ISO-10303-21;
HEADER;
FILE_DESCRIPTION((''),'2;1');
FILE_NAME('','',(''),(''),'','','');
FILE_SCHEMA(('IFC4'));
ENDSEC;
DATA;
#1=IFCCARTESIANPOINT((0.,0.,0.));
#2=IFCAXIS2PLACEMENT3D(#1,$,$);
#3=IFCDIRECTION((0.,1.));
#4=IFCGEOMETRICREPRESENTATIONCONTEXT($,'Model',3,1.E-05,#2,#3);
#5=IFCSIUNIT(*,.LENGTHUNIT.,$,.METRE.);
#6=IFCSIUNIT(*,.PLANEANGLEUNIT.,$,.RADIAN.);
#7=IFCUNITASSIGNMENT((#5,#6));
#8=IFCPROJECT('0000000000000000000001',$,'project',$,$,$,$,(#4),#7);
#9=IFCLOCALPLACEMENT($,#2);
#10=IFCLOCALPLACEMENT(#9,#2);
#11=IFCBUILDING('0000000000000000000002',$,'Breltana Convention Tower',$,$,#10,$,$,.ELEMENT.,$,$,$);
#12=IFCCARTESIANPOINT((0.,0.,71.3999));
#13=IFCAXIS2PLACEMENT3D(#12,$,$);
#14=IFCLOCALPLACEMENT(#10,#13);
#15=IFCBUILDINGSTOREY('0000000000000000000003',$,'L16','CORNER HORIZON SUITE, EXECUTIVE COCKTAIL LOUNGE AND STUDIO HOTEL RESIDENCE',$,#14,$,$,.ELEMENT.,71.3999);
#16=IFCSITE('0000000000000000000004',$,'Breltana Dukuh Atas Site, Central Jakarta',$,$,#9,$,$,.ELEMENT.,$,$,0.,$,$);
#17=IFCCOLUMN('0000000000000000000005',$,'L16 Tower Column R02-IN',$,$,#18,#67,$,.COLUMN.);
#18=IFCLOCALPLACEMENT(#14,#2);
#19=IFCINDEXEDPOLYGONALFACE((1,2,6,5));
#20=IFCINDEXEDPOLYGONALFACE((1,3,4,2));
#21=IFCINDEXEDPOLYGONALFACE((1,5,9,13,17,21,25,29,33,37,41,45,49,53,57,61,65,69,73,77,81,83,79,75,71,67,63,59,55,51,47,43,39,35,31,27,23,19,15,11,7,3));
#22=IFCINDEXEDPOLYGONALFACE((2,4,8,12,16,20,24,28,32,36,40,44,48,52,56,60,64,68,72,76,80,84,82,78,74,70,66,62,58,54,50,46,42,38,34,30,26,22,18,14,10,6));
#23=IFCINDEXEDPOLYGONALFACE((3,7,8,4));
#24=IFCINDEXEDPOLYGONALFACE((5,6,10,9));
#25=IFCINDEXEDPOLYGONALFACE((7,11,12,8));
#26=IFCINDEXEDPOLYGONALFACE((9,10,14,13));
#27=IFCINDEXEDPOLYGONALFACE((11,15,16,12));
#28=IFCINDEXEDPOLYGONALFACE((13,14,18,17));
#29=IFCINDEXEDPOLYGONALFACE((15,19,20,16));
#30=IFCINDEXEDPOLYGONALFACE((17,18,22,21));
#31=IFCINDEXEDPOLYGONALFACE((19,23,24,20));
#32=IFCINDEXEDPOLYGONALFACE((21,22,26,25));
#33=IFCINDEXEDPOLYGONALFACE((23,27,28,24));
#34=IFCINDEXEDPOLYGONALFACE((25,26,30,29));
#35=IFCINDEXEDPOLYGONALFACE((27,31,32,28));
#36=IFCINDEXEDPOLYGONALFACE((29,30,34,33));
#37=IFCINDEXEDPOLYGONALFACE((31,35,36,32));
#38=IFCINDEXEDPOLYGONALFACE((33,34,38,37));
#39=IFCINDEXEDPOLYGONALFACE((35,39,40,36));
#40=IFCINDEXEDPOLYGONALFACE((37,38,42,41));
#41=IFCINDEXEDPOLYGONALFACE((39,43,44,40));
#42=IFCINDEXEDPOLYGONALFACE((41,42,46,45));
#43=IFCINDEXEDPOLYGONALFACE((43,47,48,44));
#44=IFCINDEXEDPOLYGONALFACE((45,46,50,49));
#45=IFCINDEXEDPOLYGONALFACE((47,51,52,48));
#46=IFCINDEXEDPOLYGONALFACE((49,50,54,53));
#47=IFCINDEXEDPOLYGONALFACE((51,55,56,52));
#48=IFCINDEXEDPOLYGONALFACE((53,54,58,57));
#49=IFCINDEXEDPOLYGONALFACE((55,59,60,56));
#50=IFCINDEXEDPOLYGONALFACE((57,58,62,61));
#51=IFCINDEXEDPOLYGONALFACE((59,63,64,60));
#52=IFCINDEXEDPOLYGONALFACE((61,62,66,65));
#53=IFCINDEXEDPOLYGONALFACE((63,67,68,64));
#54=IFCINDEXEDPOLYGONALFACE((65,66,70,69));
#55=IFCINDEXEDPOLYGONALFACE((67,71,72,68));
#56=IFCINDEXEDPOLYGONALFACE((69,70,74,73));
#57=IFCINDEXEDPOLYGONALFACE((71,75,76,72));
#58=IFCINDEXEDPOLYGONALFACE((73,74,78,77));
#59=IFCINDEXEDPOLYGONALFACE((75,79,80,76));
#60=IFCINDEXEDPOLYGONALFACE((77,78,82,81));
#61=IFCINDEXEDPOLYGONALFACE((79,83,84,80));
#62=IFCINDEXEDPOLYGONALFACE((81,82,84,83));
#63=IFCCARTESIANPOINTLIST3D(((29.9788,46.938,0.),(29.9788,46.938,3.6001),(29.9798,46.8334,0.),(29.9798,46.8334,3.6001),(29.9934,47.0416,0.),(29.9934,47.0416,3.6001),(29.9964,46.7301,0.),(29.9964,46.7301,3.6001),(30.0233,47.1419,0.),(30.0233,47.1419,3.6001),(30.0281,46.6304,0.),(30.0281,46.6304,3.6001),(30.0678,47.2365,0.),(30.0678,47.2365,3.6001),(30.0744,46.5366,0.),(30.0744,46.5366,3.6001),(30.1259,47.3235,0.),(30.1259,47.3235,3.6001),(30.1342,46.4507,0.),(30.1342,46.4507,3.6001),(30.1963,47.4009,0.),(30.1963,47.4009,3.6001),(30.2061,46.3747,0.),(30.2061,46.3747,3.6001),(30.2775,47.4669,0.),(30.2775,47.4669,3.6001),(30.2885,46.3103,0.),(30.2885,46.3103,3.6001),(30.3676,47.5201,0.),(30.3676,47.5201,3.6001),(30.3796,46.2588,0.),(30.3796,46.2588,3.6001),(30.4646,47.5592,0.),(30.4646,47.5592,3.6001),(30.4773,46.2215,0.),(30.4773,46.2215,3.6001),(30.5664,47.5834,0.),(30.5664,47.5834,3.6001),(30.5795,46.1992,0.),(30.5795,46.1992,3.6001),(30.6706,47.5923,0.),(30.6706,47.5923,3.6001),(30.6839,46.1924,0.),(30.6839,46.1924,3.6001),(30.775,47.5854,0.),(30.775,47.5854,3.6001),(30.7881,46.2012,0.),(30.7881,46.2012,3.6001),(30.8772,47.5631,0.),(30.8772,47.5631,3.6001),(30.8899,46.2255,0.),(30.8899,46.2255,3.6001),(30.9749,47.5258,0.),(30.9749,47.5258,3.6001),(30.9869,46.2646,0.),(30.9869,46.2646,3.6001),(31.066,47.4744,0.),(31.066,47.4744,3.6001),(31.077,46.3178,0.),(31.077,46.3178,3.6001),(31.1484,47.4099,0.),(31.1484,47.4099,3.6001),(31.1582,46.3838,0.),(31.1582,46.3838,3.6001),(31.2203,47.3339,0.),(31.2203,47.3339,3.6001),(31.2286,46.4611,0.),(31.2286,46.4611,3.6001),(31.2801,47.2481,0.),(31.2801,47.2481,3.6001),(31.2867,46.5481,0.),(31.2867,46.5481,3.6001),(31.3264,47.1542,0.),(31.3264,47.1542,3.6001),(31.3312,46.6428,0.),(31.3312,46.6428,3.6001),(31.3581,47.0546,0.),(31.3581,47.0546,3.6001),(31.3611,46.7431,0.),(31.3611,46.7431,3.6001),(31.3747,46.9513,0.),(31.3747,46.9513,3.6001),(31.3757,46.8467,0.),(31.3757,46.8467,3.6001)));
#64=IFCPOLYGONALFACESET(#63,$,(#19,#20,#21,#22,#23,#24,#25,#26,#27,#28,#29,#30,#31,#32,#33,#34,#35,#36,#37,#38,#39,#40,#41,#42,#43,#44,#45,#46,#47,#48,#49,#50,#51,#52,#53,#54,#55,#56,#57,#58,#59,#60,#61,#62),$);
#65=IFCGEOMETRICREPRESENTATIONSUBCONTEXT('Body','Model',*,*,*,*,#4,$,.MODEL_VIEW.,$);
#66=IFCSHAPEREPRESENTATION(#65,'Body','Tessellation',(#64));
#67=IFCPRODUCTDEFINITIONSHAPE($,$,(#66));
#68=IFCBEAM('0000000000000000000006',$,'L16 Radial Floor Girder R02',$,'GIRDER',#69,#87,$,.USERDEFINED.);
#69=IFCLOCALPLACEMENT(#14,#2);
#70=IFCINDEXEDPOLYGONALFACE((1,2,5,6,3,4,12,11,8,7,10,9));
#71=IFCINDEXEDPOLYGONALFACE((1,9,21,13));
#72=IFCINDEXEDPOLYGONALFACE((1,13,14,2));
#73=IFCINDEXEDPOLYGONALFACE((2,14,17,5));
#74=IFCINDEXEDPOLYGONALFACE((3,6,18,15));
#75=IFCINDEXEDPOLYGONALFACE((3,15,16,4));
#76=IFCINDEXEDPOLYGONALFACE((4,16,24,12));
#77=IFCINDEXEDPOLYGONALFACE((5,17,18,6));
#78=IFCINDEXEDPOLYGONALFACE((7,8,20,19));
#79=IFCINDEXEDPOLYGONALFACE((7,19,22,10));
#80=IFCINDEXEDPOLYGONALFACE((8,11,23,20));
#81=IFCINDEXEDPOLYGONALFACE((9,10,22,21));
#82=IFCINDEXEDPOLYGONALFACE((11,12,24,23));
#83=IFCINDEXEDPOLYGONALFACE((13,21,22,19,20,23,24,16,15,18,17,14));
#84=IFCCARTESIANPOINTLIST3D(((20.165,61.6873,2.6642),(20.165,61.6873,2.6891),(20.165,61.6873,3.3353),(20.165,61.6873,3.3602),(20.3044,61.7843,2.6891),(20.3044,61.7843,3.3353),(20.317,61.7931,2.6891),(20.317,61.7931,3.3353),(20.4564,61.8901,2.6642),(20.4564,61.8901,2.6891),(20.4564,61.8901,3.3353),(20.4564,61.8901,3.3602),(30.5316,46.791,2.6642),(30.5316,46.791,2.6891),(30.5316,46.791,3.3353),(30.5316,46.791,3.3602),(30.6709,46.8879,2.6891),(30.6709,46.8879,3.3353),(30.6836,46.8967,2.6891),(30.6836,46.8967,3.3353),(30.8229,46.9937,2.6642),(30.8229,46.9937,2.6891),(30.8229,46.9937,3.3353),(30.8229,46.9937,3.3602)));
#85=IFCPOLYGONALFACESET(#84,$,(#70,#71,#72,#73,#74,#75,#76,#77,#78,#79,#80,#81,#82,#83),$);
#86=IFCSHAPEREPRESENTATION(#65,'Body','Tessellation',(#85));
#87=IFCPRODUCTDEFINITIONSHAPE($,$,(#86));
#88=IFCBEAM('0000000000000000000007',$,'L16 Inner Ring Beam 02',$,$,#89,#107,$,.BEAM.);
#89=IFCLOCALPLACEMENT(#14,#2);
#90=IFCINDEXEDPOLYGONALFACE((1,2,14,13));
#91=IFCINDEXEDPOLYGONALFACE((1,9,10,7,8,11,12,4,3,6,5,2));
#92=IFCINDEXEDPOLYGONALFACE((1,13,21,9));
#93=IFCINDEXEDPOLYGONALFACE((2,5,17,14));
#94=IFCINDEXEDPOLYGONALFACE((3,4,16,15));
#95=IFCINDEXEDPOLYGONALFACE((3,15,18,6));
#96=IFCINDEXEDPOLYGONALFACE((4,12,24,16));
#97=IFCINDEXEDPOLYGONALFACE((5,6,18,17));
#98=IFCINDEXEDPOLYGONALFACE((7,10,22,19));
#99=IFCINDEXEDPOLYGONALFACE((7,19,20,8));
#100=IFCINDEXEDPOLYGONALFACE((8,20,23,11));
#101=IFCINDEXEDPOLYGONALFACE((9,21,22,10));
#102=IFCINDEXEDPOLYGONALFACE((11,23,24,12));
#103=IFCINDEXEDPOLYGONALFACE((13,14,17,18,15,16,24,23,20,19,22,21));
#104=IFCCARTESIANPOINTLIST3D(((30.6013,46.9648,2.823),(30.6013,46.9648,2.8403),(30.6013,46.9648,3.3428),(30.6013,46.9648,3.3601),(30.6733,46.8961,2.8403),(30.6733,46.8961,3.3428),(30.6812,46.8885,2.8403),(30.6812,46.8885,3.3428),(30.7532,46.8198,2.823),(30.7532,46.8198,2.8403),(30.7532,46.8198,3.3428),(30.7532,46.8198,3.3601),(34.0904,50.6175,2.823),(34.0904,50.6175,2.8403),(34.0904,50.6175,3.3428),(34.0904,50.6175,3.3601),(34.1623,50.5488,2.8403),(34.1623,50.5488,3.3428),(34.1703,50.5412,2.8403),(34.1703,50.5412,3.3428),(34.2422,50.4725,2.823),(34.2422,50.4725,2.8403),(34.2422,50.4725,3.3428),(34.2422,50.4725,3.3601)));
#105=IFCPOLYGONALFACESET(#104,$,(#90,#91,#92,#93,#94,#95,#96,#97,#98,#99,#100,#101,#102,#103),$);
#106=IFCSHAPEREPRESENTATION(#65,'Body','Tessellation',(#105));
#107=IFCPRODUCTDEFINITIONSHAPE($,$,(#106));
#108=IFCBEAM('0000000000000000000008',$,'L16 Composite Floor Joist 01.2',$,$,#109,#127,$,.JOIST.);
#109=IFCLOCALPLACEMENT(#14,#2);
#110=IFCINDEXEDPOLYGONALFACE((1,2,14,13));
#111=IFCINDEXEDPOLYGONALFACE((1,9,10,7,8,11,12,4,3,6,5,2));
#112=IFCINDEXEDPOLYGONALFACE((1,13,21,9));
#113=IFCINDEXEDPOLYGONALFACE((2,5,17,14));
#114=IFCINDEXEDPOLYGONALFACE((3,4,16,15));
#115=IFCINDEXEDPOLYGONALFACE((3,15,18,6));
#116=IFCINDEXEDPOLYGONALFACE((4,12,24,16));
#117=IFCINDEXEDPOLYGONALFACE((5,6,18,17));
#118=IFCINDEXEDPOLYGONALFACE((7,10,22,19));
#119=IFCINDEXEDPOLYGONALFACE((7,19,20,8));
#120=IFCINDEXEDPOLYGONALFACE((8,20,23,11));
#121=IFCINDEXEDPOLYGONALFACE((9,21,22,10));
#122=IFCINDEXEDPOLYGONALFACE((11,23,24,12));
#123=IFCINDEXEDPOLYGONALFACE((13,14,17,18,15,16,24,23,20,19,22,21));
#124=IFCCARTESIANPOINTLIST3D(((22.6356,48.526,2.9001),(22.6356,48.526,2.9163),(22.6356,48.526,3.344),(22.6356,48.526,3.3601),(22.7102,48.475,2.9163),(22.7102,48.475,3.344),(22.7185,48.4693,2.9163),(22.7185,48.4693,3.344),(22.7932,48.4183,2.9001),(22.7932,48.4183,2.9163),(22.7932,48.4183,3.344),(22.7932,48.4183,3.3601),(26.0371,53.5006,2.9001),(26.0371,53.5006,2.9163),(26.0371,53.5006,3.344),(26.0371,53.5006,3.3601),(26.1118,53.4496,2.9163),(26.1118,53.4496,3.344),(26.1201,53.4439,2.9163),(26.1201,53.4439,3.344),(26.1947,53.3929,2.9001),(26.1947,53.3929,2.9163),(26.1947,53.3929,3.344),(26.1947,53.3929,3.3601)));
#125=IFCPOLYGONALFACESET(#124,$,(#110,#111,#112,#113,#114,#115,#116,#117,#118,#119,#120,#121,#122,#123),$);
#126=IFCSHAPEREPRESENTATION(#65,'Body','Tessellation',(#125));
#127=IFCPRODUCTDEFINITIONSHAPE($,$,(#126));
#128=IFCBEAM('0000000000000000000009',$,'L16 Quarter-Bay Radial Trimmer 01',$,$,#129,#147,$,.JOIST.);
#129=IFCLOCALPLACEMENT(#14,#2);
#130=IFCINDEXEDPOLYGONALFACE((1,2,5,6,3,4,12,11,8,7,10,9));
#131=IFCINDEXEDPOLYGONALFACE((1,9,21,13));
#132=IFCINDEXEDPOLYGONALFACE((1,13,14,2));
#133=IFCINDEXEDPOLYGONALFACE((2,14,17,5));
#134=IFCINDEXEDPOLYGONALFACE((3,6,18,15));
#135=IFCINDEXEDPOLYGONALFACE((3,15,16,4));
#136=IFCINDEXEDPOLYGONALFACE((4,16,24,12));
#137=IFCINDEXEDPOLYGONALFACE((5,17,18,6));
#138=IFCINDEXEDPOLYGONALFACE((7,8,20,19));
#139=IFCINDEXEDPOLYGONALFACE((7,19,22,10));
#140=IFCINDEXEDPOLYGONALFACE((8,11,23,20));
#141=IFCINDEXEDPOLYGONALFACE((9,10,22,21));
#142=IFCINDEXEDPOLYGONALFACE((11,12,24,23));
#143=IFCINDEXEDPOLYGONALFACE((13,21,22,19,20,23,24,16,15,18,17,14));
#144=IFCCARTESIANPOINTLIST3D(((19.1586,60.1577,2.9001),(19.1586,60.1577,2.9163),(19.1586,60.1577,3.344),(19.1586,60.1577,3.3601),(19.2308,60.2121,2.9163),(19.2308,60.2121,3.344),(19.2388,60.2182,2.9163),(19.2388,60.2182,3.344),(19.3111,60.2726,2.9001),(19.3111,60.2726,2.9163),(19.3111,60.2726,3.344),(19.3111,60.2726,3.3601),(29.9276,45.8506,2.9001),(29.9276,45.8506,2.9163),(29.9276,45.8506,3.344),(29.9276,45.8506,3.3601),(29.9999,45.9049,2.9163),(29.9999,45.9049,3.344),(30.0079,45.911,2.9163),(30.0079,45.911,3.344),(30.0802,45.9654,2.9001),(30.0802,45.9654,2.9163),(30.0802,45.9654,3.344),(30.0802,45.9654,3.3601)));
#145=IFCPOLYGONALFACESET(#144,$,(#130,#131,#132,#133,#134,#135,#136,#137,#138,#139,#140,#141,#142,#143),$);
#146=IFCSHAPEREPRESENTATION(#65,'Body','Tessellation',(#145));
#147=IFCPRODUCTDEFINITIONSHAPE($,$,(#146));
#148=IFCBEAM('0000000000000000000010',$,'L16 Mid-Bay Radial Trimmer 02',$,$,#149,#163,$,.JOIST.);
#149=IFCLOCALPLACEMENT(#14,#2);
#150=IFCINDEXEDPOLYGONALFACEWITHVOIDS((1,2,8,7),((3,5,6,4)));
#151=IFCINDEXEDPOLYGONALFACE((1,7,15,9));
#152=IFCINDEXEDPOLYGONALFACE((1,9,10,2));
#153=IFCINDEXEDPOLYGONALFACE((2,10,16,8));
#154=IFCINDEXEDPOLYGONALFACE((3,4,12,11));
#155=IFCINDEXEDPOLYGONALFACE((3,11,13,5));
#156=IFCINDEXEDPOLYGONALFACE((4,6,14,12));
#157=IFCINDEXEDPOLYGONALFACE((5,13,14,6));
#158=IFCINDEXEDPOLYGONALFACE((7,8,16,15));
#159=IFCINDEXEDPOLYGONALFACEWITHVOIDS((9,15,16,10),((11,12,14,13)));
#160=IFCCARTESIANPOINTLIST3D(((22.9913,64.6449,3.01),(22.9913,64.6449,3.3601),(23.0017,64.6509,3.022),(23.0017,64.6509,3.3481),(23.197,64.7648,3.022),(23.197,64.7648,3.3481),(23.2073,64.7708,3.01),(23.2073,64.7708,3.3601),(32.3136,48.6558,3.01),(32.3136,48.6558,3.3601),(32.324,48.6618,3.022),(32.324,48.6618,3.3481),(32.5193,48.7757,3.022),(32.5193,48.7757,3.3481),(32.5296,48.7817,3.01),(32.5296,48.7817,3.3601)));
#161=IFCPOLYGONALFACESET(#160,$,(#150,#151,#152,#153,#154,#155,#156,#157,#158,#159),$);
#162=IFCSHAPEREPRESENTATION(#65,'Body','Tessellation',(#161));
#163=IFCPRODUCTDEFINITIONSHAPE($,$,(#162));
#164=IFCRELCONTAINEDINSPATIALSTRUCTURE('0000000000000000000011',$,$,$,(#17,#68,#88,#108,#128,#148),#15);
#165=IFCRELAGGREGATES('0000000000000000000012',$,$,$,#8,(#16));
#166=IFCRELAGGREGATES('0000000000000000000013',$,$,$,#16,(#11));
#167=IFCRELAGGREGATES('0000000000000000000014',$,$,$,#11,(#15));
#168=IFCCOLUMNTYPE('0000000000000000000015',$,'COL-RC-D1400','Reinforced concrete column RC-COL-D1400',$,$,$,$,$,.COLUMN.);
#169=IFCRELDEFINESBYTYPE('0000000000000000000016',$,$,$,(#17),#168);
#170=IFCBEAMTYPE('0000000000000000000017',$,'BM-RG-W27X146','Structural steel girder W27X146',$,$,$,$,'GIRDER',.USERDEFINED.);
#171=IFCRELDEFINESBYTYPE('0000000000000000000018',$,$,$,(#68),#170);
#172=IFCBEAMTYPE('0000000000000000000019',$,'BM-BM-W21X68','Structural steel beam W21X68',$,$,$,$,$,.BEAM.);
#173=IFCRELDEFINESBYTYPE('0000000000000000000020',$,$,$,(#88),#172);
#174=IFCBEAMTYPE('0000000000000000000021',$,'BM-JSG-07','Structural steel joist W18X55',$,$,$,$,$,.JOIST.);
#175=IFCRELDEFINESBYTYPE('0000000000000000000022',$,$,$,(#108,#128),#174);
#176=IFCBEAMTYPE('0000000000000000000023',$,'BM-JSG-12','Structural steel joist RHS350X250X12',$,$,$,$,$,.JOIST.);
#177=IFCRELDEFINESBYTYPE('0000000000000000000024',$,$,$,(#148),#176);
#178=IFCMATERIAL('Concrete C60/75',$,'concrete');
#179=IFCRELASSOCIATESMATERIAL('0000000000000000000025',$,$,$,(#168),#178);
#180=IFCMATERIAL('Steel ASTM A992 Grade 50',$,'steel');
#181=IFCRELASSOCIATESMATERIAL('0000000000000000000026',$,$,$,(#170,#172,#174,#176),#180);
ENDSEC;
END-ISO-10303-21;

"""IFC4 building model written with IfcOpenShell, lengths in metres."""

from ifc_helpers import new_model, si_unit, direction, frame, origin, origin_2d, place, context, subcontext, project, spatial, hollow_rectangle, circle, i_section, extrude, source, transform, mapped, material, material_profile, profile_set, type_object, element, save


model = new_model("IFC4")

# Units and contexts
model_context = context("Model", 3, precision=1e-05, world=origin(), true_north=direction((0.0, 1.0)))
body_context = subcontext(model_context, "Body", "Model", "MODEL_VIEW")
ifc_project = project(units=[si_unit("LENGTHUNIT", "METRE"), si_unit("PLANEANGLEUNIT", "RADIAN")], contexts=[model_context])

# Site, building, storey
site_placement = place(None, origin())
site = spatial("IfcSite", under=ifc_project, at=site_placement, Name="Breltana Dukuh Atas Site, Central Jakarta", CompositionType="ELEMENT", RefElevation=0.0)
building_placement = place(site_placement, origin())
building = spatial("IfcBuilding", under=site, at=building_placement, Name="Breltana Convention Tower", CompositionType="ELEMENT")
storey_placement = place(building_placement, frame((0.0, 0.0, 71.3999)))
storey = spatial("IfcBuildingStorey", under=building, at=storey_placement, Name="L16", Description="CORNER HORIZON SUITE, EXECUTIVE COCKTAIL LOUNGE AND STUDIO HOTEL RESIDENCE", CompositionType="ELEMENT", Elevation=71.3999)

# Column
ifc_material_1 = material(Name="Concrete C60/75", Category="concrete")
ifc_material_profile_1 = material_profile(ifc_material_1, circle(Radius=0.7, at=origin_2d()), Name="RC-COL-D1400")
ifc_profile_set_1 = profile_set([ifc_material_profile_1], Name="Concrete C60/75")
column_type = type_object("IfcColumnType", Name="COL-RC-D1400", Description="Reinforced concrete column RC-COL-D1400", PredefinedType="COLUMN", material=ifc_profile_set_1)
shared_shape_1 = source(origin(), body_context, "Body", "SweptSolid", [
    extrude(circle(Radius=0.7, at=origin_2d()), origin(), (0.0, 0.0, 1.0), 3.6001),
])
column_placement = place(storey_placement, frame((30.6772, 46.8923, 0.0), z_axis=(0.0, 0.0, 1.0), x_axis=(-0.571143, 0.82085, 0.0)))
element("IfcColumn", 1, at=column_placement, inside=storey, type_object=column_type, Name="L16 Tower Column R02-IN", PredefinedType="COLUMN", context=body_context, shape_type="MappedRepresentation", body=[
    mapped(shared_shape_1, transform((0.0, 0.0, 0.0), scale=1.0)),
])

# Beams
ifc_material_2 = material(Name="Steel ASTM A992 Grade 50", Category="steel")
ifc_material_profile_2 = material_profile(ifc_material_2, i_section(OverallWidth=0.355, OverallDepth=0.696, WebThickness=0.0154, FlangeThickness=0.0249, at=origin_2d()), Name="W27X146")
ifc_profile_set_2 = profile_set([ifc_material_profile_2], Name="Steel ASTM A992 Grade 50")
beam_type_1 = type_object("IfcBeamType", Name="BM-RG-W27X146", Description="Structural steel girder W27X146", ElementType="GIRDER", PredefinedType="USERDEFINED", material=ifc_profile_set_2)
shared_shape_2 = source(origin(), body_context, "Body", "SweptSolid", [
    extrude(i_section(OverallWidth=0.355, OverallDepth=0.696, WebThickness=0.0154, FlangeThickness=0.0249, at=origin_2d()), origin(), (0.0, 0.0, 1.0), 18.1484),
])
beam_1_placement = place(storey_placement, frame((30.6772, 46.8923, 3.0122), z_axis=(-0.571208, 0.820806, 0.0), x_axis=(-0.820806, -0.571208, 0.0)))
element("IfcBeam", 2, at=beam_1_placement, inside=storey, type_object=beam_type_1, Name="L16 Radial Floor Girder R02", ObjectType="GIRDER", PredefinedType="USERDEFINED", context=body_context, shape_type="MappedRepresentation", body=[
    mapped(shared_shape_2, transform((0.0, 0.0, 0.0), scale=1.0)),
])
ifc_material_profile_3 = material_profile(ifc_material_2, i_section(OverallWidth=0.21, OverallDepth=0.5371, WebThickness=0.011, FlangeThickness=0.0173, at=origin_2d()), Name="W21X68")
ifc_profile_set_3 = profile_set([ifc_material_profile_3], Name="Steel ASTM A992 Grade 50")
beam_type_2 = type_object("IfcBeamType", Name="BM-BM-W21X68", Description="Structural steel beam W21X68", PredefinedType="BEAM", material=ifc_profile_set_3)
shared_shape_3 = source(origin(), body_context, "Body", "SweptSolid", [
    extrude(i_section(OverallWidth=0.21, OverallDepth=0.5371, WebThickness=0.011, FlangeThickness=0.0173, at=origin_2d()), origin(), (0.0, 0.0, 1.0), 5.0513),
])
beam_2_placement = place(storey_placement, frame((30.6772, 46.8923, 3.0916), z_axis=(0.69073, 0.723113, 0.0), x_axis=(-0.723113, 0.69073, 0.0)))
element("IfcBeam", 3, at=beam_2_placement, inside=storey, type_object=beam_type_2, Name="L16 Inner Ring Beam 02", PredefinedType="BEAM", context=body_context, shape_type="MappedRepresentation", body=[
    mapped(shared_shape_3, transform((0.0, 0.0, 0.0), scale=1.0)),
])
ifc_material_profile_4 = material_profile(ifc_material_2, i_section(OverallWidth=0.1909, OverallDepth=0.46, WebThickness=0.01, FlangeThickness=0.0161, at=origin_2d()), Name="W18X55")
ifc_profile_set_4 = profile_set([ifc_material_profile_4], Name="Steel ASTM A992 Grade 50")
beam_type_3 = type_object("IfcBeamType", Name="BM-JSG-07", Description="Structural steel joist W18X55", PredefinedType="JOIST", material=ifc_profile_set_4)
shared_shape_4 = source(origin(), body_context, "Body", "SweptSolid", [
    extrude(i_section(OverallWidth=0.1909, OverallDepth=0.46, WebThickness=0.01, FlangeThickness=0.0161, at=origin_2d()), origin(), (0.0, 0.0, 1.0), 6.0264),
])
beam_3_placement = place(storey_placement, frame((22.7144, 48.4722, 3.1301), z_axis=(0.56445, 0.825467, 0.0), x_axis=(-0.825467, 0.56445, 0.0)))
element("IfcBeam", 4, at=beam_3_placement, inside=storey, type_object=beam_type_3, Name="L16 Composite Floor Joist 01.2", PredefinedType="JOIST", context=body_context, shape_type="MappedRepresentation", body=[
    mapped(shared_shape_4, transform((0.0, 0.0, 0.0), scale=1.0)),
])
shared_shape_5 = source(origin(), body_context, "Body", "SweptSolid", [
    extrude(i_section(OverallWidth=0.1909, OverallDepth=0.46, WebThickness=0.01, FlangeThickness=0.0161, at=origin_2d()), origin(), (0.0, 0.0, 1.0), 17.9072),
])
beam_4_placement = place(storey_placement, frame((30.0039, 45.908, 3.1301), z_axis=(-0.601382, 0.798962, 0.0), x_axis=(-0.798962, -0.601382, 0.0)))
element("IfcBeam", 5, at=beam_4_placement, inside=storey, type_object=beam_type_3, Name="L16 Quarter-Bay Radial Trimmer 01", PredefinedType="JOIST", context=body_context, shape_type="MappedRepresentation", body=[
    mapped(shared_shape_5, transform((0.0, 0.0, 0.0), scale=1.0)),
])
ifc_material_profile_5 = material_profile(ifc_material_2, hollow_rectangle(XDim=0.25, YDim=0.3501, WallThickness=0.012, at=origin_2d()), Name="RHS350X250X12")
ifc_profile_set_5 = profile_set([ifc_material_profile_5], Name="Steel ASTM A992 Grade 50")
beam_type_4 = type_object("IfcBeamType", Name="BM-JSG-12", Description="Structural steel joist RHS350X250X12", PredefinedType="JOIST", material=ifc_profile_set_5)
shared_shape_6 = source(origin(), body_context, "Body", "SweptSolid", [
    extrude(hollow_rectangle(XDim=0.25, YDim=0.3501, WallThickness=0.012, at=origin_2d()), origin(), (0.0, 0.0, 1.0), 18.5083),
])
beam_5_placement = place(storey_placement, frame((32.4216, 48.7188, 3.1851), z_axis=(-0.503683, 0.863888, 0.0), x_axis=(-0.863888, -0.503683, 0.0)))
element("IfcBeam", 6, at=beam_5_placement, inside=storey, type_object=beam_type_4, Name="L16 Mid-Bay Radial Trimmer 02", PredefinedType="JOIST", context=body_context, shape_type="MappedRepresentation", body=[
    mapped(shared_shape_6, transform((0.0, 0.0, 0.0), scale=1.0)),
])

save(model, "model.ifc")
